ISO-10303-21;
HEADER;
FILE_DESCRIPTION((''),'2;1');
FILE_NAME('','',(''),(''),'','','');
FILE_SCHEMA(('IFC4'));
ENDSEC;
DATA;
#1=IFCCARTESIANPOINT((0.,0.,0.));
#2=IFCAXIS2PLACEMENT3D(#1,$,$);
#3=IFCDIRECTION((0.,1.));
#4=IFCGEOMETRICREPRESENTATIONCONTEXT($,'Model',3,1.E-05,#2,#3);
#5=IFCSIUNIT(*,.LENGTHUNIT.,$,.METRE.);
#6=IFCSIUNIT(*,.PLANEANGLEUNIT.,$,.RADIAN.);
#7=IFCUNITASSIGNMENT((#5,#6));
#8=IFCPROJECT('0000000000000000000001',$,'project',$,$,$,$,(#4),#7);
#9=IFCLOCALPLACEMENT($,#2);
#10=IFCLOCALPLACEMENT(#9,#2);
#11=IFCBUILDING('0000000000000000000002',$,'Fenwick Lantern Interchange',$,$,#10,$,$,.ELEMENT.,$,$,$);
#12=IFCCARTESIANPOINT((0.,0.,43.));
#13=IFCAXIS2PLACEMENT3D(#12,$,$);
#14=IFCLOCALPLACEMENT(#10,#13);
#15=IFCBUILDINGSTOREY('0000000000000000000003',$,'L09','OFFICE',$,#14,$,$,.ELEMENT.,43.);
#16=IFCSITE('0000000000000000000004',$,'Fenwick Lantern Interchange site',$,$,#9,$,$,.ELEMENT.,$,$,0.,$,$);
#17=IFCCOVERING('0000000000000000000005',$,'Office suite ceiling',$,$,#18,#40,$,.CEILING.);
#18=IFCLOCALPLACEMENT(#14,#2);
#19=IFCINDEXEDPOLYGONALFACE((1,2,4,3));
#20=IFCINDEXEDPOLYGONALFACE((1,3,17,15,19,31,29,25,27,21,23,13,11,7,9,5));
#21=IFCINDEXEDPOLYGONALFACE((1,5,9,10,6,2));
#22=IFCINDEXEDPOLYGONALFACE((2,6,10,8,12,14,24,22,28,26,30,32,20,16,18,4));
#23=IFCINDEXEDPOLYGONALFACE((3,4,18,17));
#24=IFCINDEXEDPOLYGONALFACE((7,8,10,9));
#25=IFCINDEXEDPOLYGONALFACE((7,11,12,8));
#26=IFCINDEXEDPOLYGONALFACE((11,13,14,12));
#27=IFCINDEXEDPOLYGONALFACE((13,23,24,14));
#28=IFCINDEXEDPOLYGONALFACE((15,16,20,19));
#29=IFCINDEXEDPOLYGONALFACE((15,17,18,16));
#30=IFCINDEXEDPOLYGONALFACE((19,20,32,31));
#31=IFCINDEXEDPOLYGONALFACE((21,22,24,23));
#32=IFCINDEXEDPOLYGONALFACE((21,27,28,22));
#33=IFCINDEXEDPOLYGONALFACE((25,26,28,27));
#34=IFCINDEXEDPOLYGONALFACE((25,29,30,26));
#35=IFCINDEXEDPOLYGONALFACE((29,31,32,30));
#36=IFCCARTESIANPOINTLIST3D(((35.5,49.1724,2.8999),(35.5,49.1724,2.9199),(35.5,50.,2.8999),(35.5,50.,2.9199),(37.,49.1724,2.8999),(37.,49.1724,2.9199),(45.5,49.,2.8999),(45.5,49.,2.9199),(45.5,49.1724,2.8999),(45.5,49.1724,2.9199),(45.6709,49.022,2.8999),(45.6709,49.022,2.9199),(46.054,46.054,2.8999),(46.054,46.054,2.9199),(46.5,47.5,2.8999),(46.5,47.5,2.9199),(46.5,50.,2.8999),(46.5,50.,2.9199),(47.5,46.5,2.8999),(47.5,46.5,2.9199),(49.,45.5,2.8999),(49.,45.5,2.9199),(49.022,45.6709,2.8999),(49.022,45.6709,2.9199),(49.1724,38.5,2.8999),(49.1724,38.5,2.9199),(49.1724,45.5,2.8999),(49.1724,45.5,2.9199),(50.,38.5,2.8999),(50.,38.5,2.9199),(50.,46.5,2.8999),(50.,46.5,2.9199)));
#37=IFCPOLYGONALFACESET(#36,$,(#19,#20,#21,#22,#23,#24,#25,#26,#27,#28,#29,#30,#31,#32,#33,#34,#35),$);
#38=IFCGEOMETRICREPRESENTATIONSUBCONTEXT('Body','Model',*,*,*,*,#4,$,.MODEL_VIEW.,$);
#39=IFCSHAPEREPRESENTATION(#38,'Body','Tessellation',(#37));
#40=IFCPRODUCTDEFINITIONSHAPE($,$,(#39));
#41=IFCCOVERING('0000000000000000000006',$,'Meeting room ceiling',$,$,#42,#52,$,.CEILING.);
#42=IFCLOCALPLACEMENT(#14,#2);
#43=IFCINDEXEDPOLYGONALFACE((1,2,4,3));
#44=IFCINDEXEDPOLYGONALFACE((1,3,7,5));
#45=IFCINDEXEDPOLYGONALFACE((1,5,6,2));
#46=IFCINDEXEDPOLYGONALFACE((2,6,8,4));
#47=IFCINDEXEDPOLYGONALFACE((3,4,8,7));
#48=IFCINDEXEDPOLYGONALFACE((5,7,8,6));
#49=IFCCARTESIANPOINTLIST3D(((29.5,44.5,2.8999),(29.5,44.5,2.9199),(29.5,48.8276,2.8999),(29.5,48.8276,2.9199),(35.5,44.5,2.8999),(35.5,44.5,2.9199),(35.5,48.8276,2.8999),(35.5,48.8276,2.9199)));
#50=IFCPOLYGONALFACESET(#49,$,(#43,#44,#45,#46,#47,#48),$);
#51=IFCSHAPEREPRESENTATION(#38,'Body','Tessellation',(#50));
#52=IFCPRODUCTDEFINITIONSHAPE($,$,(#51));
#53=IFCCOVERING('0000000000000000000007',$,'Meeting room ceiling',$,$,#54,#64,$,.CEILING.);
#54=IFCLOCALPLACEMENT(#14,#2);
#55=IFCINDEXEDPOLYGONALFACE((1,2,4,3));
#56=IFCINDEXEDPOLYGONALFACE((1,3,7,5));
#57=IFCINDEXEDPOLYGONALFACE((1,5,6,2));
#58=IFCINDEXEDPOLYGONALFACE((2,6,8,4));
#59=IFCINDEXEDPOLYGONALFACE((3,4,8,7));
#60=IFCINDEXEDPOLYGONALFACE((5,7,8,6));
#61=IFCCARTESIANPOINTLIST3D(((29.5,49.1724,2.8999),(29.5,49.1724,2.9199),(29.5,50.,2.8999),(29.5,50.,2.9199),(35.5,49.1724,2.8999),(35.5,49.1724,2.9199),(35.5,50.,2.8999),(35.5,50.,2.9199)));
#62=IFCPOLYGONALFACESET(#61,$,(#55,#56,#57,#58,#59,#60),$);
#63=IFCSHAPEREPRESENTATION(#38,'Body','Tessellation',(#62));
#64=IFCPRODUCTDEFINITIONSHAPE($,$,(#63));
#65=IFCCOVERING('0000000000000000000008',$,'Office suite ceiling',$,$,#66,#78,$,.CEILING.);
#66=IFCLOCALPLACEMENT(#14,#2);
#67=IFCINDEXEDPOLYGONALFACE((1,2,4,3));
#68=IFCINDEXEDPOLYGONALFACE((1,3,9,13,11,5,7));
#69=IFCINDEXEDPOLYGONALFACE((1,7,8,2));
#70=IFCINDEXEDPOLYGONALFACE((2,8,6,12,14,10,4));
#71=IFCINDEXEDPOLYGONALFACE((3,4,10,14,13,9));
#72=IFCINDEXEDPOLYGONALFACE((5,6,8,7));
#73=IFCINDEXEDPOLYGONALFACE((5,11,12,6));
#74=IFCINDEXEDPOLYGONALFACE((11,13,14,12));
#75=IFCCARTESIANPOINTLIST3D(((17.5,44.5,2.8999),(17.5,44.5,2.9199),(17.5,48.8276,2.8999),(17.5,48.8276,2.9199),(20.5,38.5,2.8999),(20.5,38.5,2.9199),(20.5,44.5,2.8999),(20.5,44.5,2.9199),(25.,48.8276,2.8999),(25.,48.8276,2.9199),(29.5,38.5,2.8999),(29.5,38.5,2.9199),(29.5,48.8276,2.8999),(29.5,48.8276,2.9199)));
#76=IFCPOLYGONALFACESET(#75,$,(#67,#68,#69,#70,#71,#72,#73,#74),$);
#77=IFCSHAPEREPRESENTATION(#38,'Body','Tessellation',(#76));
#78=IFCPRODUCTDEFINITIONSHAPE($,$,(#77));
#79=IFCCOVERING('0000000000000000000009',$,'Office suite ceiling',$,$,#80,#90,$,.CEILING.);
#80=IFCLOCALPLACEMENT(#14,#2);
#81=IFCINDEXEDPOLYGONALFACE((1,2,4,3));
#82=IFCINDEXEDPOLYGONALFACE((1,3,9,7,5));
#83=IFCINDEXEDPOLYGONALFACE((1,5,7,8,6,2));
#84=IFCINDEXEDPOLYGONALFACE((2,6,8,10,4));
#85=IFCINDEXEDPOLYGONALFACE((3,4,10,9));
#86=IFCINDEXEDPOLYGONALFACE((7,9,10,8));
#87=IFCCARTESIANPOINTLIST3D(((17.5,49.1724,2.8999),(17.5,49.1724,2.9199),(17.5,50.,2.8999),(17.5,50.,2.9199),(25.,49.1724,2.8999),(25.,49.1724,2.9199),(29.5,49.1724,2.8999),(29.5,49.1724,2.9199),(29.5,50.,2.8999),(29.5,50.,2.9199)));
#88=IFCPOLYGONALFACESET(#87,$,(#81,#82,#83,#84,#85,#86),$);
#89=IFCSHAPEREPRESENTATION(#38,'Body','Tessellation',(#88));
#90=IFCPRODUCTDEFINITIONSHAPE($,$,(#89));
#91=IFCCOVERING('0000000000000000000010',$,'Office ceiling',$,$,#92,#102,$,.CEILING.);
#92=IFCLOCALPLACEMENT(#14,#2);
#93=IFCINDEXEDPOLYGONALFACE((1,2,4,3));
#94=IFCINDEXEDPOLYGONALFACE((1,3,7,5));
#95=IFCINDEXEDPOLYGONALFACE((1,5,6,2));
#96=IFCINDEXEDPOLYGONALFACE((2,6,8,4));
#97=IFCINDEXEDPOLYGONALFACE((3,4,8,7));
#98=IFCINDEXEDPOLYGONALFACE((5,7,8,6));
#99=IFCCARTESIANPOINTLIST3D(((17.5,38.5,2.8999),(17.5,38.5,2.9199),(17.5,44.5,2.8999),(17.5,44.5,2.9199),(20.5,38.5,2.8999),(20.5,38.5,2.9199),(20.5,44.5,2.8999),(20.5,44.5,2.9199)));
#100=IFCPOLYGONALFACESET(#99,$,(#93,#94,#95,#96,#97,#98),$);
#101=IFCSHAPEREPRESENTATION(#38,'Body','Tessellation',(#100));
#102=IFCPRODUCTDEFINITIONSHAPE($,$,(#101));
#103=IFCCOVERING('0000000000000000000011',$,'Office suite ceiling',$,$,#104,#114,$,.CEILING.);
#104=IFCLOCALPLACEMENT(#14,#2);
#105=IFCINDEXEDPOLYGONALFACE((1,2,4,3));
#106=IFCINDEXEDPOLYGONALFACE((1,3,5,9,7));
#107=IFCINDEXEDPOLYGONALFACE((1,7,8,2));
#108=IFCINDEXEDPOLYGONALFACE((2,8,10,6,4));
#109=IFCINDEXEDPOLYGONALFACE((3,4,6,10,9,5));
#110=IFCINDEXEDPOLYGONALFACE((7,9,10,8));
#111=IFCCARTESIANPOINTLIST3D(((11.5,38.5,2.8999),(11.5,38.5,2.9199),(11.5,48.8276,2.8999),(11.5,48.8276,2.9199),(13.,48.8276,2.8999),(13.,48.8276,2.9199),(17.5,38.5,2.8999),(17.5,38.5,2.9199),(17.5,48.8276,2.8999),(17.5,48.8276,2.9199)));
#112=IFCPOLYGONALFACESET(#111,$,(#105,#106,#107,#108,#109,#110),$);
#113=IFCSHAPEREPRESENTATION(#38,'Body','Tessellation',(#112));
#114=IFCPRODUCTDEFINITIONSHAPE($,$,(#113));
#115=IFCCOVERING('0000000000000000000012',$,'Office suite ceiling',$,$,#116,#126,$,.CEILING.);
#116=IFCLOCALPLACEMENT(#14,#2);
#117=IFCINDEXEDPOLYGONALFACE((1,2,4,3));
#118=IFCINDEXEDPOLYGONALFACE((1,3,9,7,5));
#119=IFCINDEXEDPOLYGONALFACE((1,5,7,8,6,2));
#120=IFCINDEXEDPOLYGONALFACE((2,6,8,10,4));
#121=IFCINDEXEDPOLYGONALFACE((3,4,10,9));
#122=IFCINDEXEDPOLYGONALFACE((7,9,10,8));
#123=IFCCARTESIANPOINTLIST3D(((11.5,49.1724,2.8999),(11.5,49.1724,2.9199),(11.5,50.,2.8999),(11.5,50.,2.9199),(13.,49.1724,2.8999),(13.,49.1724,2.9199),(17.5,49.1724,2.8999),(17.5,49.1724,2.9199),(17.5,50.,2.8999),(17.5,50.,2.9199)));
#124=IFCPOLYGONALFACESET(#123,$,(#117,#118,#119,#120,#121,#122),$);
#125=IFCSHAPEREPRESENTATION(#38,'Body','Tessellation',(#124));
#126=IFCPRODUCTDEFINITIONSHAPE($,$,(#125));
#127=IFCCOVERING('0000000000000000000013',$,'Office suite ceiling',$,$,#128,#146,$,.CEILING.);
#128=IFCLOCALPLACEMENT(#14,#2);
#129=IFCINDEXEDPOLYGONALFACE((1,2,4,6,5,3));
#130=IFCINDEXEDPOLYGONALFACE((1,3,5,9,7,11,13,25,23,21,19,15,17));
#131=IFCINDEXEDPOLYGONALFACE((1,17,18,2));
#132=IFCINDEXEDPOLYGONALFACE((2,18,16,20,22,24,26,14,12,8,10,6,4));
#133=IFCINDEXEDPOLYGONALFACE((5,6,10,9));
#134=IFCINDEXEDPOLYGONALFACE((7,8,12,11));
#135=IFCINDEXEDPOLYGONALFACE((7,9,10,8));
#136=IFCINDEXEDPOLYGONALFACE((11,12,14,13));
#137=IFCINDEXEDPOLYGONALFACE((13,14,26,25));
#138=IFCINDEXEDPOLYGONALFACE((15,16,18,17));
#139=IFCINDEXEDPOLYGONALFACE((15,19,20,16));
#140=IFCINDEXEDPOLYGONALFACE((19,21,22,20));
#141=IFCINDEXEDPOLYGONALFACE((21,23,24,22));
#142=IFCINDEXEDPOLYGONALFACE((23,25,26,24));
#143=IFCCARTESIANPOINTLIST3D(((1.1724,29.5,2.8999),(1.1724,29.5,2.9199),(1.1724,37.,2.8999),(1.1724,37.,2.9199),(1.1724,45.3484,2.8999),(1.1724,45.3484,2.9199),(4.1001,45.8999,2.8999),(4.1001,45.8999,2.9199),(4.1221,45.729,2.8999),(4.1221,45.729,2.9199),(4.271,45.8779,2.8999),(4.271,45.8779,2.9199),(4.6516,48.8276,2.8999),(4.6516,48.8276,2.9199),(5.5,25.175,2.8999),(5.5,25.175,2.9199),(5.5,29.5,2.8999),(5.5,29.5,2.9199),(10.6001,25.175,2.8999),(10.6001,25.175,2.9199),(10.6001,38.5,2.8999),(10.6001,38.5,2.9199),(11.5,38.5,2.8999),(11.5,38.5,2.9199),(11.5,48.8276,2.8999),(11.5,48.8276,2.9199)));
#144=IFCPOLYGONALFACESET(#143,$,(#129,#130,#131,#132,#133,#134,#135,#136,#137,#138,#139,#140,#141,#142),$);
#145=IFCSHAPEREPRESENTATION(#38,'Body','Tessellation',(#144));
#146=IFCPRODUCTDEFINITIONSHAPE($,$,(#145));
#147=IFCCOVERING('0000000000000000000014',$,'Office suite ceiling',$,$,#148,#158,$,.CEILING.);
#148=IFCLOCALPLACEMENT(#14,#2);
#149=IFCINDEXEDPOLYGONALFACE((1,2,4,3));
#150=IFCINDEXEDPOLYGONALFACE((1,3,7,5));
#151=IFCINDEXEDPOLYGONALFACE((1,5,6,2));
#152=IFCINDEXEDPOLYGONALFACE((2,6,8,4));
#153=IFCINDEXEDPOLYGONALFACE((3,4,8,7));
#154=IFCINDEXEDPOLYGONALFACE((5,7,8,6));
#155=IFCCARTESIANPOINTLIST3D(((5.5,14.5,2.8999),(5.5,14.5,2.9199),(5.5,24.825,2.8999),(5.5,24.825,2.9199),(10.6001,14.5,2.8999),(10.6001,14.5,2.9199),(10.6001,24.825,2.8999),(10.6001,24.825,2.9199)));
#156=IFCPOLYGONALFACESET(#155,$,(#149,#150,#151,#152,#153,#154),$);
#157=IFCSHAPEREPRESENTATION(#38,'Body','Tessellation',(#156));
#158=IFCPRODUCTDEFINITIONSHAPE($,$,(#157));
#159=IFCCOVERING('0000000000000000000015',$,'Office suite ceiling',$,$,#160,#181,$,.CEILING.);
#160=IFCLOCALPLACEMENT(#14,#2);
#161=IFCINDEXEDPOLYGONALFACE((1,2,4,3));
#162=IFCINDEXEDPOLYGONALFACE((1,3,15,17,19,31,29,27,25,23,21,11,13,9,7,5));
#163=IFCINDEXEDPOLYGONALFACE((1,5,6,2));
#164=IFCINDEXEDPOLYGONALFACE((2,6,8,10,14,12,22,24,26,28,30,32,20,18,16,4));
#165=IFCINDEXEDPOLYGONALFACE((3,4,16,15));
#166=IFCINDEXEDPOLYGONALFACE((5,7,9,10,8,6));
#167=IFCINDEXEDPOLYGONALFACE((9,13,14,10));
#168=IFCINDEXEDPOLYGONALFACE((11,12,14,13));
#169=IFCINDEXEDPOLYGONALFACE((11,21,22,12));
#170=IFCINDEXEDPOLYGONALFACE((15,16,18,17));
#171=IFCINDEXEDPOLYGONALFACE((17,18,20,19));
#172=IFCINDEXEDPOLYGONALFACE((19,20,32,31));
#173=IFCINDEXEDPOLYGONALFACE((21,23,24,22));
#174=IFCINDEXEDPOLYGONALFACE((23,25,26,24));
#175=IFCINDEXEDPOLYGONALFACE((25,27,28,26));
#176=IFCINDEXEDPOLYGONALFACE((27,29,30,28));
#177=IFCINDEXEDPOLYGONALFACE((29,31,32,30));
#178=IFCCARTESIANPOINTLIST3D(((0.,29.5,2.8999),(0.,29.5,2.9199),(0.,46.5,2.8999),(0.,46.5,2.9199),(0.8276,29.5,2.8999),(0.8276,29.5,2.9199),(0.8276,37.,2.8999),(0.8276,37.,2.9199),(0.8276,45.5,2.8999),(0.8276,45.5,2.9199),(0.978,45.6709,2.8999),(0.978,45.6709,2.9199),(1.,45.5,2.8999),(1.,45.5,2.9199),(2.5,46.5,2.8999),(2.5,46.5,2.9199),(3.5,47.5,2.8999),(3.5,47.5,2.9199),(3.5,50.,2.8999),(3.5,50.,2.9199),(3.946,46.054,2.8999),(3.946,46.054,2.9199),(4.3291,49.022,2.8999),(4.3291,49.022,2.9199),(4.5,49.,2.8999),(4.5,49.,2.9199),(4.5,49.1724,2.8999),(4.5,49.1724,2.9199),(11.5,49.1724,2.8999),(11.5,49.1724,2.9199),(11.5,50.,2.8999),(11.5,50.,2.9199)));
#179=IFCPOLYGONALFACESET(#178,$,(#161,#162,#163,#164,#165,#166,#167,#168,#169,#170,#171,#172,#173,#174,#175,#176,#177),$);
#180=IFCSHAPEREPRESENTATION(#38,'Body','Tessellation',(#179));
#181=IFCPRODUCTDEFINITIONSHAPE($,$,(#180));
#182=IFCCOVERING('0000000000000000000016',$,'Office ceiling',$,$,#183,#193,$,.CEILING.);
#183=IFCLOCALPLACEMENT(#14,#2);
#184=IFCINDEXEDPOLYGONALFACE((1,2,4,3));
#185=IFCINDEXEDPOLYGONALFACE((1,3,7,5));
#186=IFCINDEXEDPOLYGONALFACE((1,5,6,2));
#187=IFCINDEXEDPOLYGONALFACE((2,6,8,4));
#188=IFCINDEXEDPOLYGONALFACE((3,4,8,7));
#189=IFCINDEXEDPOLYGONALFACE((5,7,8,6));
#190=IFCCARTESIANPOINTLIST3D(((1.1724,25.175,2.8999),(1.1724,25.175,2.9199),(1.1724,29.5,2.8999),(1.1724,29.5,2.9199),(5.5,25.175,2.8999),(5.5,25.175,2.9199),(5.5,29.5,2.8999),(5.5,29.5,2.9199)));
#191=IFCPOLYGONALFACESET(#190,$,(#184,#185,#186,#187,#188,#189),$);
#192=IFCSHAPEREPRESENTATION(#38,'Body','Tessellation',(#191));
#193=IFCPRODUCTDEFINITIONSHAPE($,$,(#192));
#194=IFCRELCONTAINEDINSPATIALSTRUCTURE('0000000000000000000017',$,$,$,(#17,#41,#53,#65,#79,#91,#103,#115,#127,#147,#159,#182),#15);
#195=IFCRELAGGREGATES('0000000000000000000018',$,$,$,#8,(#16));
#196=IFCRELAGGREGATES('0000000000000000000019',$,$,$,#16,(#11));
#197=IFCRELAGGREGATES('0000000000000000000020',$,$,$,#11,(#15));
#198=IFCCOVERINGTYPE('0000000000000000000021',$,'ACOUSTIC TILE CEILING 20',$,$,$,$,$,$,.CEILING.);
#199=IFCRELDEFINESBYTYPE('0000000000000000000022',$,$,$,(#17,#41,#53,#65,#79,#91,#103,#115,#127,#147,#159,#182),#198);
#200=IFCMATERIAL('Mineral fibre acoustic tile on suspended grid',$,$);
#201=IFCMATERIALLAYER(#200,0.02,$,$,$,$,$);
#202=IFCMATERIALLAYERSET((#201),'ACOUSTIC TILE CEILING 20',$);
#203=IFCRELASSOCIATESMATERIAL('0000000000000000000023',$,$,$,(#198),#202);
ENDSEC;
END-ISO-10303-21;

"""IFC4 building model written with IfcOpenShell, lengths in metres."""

from ifc_helpers import new_model, si_unit, direction, frame, origin, place, context, subcontext, project, spatial, polyline, outline, extrude, material, layer, layer_set, type_object, element, save


model = new_model("IFC4")

# Units and contexts
model_context = context("Model", 3, precision=1e-05, world=origin(), true_north=direction((0.0, 1.0)))
body_context = subcontext(model_context, "Body", "Model", "MODEL_VIEW")
ifc_project = project(units=[si_unit("LENGTHUNIT", "METRE"), si_unit("PLANEANGLEUNIT", "RADIAN")], contexts=[model_context])

# Site, building, storey
site_placement = place(None, origin())
site = spatial("IfcSite", under=ifc_project, at=site_placement, Name="Fenwick Lantern Interchange site", CompositionType="ELEMENT", RefElevation=0.0)
building_placement = place(site_placement, origin())
building = spatial("IfcBuilding", under=site, at=building_placement, Name="Fenwick Lantern Interchange", CompositionType="ELEMENT")
storey_placement = place(building_placement, frame((0.0, 0.0, 43.0)))
storey = spatial("IfcBuildingStorey", under=building, at=storey_placement, Name="L09", Description="OFFICE", CompositionType="ELEMENT", Elevation=43.0)

# Coverings
ifc_material = material(Name="Mineral fibre acoustic tile on suspended grid")
ifc_layer = layer(ifc_material, 0.02)
ifc_layer_set = layer_set([ifc_layer], Name="ACOUSTIC TILE CEILING 20")
covering_type = type_object("IfcCoveringType", Name="ACOUSTIC TILE CEILING 20", PredefinedType="CEILING", material=ifc_layer_set)
covering_1_placement = place(storey_placement, frame((0.0, 0.0, 2.8999)))
element("IfcCovering", 1, at=covering_1_placement, inside=storey, type_object=covering_type, Name="Office suite ceiling", PredefinedType="CEILING", context=body_context, shape_type="SweptSolid", body=[
    extrude(outline(polyline([(47.5, 46.5), (46.5, 47.5), (46.5, 50.0), (35.5, 50.0), (35.5, 49.1724), (37.0, 49.1724), (45.5, 49.1724), (45.5, 49.0), (45.6709, 49.022), (46.054, 46.054), (49.022, 45.6709), (49.0, 45.5), (49.1724, 45.5), (49.1724, 38.5), (50.0, 38.5), (50.0, 46.5), (47.5, 46.5)])), origin(), (0.0, 0.0, 1.0), 0.02),
])
covering_2_placement = place(storey_placement, frame((0.0, 0.0, 2.8999)))
element("IfcCovering", 2, at=covering_2_placement, inside=storey, type_object=covering_type, Name="Meeting room ceiling", PredefinedType="CEILING", context=body_context, shape_type="SweptSolid", body=[
    extrude(outline(polyline([(35.5, 44.5), (35.5, 48.8276), (29.5, 48.8276), (29.5, 44.5), (35.5, 44.5)])), origin(), (0.0, 0.0, 1.0), 0.02),
])
covering_3_placement = place(storey_placement, frame((0.0, 0.0, 2.8999)))
element("IfcCovering", 3, at=covering_3_placement, inside=storey, type_object=covering_type, Name="Meeting room ceiling", PredefinedType="CEILING", context=body_context, shape_type="SweptSolid", body=[
    extrude(outline(polyline([(29.5, 50.0), (29.5, 49.1724), (35.5, 49.1724), (35.5, 50.0), (29.5, 50.0)])), origin(), (0.0, 0.0, 1.0), 0.02),
])
covering_4_placement = place(storey_placement, frame((0.0, 0.0, 2.8999)))
element("IfcCovering", 4, at=covering_4_placement, inside=storey, type_object=covering_type, Name="Office suite ceiling", PredefinedType="CEILING", context=body_context, shape_type="SweptSolid", body=[
    extrude(outline(polyline([(29.5, 38.5), (29.5, 48.8276), (25.0, 48.8276), (17.5, 48.8276), (17.5, 44.5), (20.5, 44.5), (20.5, 38.5), (29.5, 38.5)])), origin(), (0.0, 0.0, 1.0), 0.02),
])
covering_5_placement = place(storey_placement, frame((0.0, 0.0, 2.8999)))
element("IfcCovering", 5, at=covering_5_placement, inside=storey, type_object=covering_type, Name="Office suite ceiling", PredefinedType="CEILING", context=body_context, shape_type="SweptSolid", body=[
    extrude(outline(polyline([(29.5, 49.1724), (29.5, 50.0), (17.5, 50.0), (17.5, 49.1724), (25.0, 49.1724), (29.5, 49.1724)])), origin(), (0.0, 0.0, 1.0), 0.02),
])
covering_6_placement = place(storey_placement, frame((0.0, 0.0, 2.8999)))
element("IfcCovering", 6, at=covering_6_placement, inside=storey, type_object=covering_type, Name="Office ceiling", PredefinedType="CEILING", context=body_context, shape_type="SweptSolid", body=[
    extrude(outline(polyline([(20.5, 44.5), (17.5, 44.5), (17.5, 38.5), (20.5, 38.5), (20.5, 44.5)])), origin(), (0.0, 0.0, 1.0), 0.02),
])
covering_7_placement = place(storey_placement, frame((0.0, 0.0, 2.8999)))
element("IfcCovering", 7, at=covering_7_placement, inside=storey, type_object=covering_type, Name="Office suite ceiling", PredefinedType="CEILING", context=body_context, shape_type="SweptSolid", body=[
    extrude(outline(polyline([(17.5, 38.5), (17.5, 48.8276), (13.0, 48.8276), (11.5, 48.8276), (11.5, 38.5), (17.5, 38.5)])), origin(), (0.0, 0.0, 1.0), 0.02),
])
covering_8_placement = place(storey_placement, frame((0.0, 0.0, 2.8999)))
element("IfcCovering", 8, at=covering_8_placement, inside=storey, type_object=covering_type, Name="Office suite ceiling", PredefinedType="CEILING", context=body_context, shape_type="SweptSolid", body=[
    extrude(outline(polyline([(17.5, 50.0), (11.5, 50.0), (11.5, 49.1724), (13.0, 49.1724), (17.5, 49.1724), (17.5, 50.0)])), origin(), (0.0, 0.0, 1.0), 0.02),
])
covering_9_placement = place(storey_placement, frame((0.0, 0.0, 2.8999)))
element("IfcCovering", 9, at=covering_9_placement, inside=storey, type_object=covering_type, Name="Office suite ceiling", PredefinedType="CEILING", context=body_context, shape_type="SweptSolid", body=[
    extrude(outline(polyline([(11.5, 38.5), (11.5, 48.8276), (4.6516, 48.8276), (4.271, 45.8779), (4.1001, 45.8999), (4.1221, 45.729), (1.1724, 45.3484), (1.1724, 37.0), (1.1724, 29.5), (5.5, 29.5), (5.5, 25.175), (10.6001, 25.175), (10.6001, 38.5), (11.5, 38.5)])), origin(), (0.0, 0.0, 1.0), 0.02),
])
covering_10_placement = place(storey_placement, frame((0.0, 0.0, 2.8999)))
element("IfcCovering", 10, at=covering_10_placement, inside=storey, type_object=covering_type, Name="Office suite ceiling", PredefinedType="CEILING", context=body_context, shape_type="SweptSolid", body=[
    extrude(outline(polyline([(10.6001, 14.5), (10.6001, 24.825), (5.5, 24.825), (5.5, 14.5), (10.6001, 14.5)])), origin(), (0.0, 0.0, 1.0), 0.02),
])
covering_11_placement = place(storey_placement, frame((0.0, 0.0, 2.8999)))
element("IfcCovering", 11, at=covering_11_placement, inside=storey, type_object=covering_type, Name="Office suite ceiling", PredefinedType="CEILING", context=body_context, shape_type="SweptSolid", body=[
    extrude(outline(polyline([(0.0, 46.5), (0.0, 29.5), (0.8276, 29.5), (0.8276, 37.0), (0.8276, 45.5), (1.0, 45.5), (0.978, 45.6709), (3.946, 46.054), (4.3291, 49.022), (4.5, 49.0), (4.5, 49.1724), (11.5, 49.1724), (11.5, 50.0), (3.5, 50.0), (3.5, 47.5), (2.5, 46.5), (0.0, 46.5)])), origin(), (0.0, 0.0, 1.0), 0.02),
])
covering_12_placement = place(storey_placement, frame((0.0, 0.0, 2.8999)))
element("IfcCovering", 12, at=covering_12_placement, inside=storey, type_object=covering_type, Name="Office ceiling", PredefinedType="CEILING", context=body_context, shape_type="SweptSolid", body=[
    extrude(outline(polyline([(5.5, 29.5), (1.1724, 29.5), (1.1724, 25.175), (5.5, 25.175), (5.5, 29.5)])), origin(), (0.0, 0.0, 1.0), 0.02),
])

save(model, "model.ifc")
